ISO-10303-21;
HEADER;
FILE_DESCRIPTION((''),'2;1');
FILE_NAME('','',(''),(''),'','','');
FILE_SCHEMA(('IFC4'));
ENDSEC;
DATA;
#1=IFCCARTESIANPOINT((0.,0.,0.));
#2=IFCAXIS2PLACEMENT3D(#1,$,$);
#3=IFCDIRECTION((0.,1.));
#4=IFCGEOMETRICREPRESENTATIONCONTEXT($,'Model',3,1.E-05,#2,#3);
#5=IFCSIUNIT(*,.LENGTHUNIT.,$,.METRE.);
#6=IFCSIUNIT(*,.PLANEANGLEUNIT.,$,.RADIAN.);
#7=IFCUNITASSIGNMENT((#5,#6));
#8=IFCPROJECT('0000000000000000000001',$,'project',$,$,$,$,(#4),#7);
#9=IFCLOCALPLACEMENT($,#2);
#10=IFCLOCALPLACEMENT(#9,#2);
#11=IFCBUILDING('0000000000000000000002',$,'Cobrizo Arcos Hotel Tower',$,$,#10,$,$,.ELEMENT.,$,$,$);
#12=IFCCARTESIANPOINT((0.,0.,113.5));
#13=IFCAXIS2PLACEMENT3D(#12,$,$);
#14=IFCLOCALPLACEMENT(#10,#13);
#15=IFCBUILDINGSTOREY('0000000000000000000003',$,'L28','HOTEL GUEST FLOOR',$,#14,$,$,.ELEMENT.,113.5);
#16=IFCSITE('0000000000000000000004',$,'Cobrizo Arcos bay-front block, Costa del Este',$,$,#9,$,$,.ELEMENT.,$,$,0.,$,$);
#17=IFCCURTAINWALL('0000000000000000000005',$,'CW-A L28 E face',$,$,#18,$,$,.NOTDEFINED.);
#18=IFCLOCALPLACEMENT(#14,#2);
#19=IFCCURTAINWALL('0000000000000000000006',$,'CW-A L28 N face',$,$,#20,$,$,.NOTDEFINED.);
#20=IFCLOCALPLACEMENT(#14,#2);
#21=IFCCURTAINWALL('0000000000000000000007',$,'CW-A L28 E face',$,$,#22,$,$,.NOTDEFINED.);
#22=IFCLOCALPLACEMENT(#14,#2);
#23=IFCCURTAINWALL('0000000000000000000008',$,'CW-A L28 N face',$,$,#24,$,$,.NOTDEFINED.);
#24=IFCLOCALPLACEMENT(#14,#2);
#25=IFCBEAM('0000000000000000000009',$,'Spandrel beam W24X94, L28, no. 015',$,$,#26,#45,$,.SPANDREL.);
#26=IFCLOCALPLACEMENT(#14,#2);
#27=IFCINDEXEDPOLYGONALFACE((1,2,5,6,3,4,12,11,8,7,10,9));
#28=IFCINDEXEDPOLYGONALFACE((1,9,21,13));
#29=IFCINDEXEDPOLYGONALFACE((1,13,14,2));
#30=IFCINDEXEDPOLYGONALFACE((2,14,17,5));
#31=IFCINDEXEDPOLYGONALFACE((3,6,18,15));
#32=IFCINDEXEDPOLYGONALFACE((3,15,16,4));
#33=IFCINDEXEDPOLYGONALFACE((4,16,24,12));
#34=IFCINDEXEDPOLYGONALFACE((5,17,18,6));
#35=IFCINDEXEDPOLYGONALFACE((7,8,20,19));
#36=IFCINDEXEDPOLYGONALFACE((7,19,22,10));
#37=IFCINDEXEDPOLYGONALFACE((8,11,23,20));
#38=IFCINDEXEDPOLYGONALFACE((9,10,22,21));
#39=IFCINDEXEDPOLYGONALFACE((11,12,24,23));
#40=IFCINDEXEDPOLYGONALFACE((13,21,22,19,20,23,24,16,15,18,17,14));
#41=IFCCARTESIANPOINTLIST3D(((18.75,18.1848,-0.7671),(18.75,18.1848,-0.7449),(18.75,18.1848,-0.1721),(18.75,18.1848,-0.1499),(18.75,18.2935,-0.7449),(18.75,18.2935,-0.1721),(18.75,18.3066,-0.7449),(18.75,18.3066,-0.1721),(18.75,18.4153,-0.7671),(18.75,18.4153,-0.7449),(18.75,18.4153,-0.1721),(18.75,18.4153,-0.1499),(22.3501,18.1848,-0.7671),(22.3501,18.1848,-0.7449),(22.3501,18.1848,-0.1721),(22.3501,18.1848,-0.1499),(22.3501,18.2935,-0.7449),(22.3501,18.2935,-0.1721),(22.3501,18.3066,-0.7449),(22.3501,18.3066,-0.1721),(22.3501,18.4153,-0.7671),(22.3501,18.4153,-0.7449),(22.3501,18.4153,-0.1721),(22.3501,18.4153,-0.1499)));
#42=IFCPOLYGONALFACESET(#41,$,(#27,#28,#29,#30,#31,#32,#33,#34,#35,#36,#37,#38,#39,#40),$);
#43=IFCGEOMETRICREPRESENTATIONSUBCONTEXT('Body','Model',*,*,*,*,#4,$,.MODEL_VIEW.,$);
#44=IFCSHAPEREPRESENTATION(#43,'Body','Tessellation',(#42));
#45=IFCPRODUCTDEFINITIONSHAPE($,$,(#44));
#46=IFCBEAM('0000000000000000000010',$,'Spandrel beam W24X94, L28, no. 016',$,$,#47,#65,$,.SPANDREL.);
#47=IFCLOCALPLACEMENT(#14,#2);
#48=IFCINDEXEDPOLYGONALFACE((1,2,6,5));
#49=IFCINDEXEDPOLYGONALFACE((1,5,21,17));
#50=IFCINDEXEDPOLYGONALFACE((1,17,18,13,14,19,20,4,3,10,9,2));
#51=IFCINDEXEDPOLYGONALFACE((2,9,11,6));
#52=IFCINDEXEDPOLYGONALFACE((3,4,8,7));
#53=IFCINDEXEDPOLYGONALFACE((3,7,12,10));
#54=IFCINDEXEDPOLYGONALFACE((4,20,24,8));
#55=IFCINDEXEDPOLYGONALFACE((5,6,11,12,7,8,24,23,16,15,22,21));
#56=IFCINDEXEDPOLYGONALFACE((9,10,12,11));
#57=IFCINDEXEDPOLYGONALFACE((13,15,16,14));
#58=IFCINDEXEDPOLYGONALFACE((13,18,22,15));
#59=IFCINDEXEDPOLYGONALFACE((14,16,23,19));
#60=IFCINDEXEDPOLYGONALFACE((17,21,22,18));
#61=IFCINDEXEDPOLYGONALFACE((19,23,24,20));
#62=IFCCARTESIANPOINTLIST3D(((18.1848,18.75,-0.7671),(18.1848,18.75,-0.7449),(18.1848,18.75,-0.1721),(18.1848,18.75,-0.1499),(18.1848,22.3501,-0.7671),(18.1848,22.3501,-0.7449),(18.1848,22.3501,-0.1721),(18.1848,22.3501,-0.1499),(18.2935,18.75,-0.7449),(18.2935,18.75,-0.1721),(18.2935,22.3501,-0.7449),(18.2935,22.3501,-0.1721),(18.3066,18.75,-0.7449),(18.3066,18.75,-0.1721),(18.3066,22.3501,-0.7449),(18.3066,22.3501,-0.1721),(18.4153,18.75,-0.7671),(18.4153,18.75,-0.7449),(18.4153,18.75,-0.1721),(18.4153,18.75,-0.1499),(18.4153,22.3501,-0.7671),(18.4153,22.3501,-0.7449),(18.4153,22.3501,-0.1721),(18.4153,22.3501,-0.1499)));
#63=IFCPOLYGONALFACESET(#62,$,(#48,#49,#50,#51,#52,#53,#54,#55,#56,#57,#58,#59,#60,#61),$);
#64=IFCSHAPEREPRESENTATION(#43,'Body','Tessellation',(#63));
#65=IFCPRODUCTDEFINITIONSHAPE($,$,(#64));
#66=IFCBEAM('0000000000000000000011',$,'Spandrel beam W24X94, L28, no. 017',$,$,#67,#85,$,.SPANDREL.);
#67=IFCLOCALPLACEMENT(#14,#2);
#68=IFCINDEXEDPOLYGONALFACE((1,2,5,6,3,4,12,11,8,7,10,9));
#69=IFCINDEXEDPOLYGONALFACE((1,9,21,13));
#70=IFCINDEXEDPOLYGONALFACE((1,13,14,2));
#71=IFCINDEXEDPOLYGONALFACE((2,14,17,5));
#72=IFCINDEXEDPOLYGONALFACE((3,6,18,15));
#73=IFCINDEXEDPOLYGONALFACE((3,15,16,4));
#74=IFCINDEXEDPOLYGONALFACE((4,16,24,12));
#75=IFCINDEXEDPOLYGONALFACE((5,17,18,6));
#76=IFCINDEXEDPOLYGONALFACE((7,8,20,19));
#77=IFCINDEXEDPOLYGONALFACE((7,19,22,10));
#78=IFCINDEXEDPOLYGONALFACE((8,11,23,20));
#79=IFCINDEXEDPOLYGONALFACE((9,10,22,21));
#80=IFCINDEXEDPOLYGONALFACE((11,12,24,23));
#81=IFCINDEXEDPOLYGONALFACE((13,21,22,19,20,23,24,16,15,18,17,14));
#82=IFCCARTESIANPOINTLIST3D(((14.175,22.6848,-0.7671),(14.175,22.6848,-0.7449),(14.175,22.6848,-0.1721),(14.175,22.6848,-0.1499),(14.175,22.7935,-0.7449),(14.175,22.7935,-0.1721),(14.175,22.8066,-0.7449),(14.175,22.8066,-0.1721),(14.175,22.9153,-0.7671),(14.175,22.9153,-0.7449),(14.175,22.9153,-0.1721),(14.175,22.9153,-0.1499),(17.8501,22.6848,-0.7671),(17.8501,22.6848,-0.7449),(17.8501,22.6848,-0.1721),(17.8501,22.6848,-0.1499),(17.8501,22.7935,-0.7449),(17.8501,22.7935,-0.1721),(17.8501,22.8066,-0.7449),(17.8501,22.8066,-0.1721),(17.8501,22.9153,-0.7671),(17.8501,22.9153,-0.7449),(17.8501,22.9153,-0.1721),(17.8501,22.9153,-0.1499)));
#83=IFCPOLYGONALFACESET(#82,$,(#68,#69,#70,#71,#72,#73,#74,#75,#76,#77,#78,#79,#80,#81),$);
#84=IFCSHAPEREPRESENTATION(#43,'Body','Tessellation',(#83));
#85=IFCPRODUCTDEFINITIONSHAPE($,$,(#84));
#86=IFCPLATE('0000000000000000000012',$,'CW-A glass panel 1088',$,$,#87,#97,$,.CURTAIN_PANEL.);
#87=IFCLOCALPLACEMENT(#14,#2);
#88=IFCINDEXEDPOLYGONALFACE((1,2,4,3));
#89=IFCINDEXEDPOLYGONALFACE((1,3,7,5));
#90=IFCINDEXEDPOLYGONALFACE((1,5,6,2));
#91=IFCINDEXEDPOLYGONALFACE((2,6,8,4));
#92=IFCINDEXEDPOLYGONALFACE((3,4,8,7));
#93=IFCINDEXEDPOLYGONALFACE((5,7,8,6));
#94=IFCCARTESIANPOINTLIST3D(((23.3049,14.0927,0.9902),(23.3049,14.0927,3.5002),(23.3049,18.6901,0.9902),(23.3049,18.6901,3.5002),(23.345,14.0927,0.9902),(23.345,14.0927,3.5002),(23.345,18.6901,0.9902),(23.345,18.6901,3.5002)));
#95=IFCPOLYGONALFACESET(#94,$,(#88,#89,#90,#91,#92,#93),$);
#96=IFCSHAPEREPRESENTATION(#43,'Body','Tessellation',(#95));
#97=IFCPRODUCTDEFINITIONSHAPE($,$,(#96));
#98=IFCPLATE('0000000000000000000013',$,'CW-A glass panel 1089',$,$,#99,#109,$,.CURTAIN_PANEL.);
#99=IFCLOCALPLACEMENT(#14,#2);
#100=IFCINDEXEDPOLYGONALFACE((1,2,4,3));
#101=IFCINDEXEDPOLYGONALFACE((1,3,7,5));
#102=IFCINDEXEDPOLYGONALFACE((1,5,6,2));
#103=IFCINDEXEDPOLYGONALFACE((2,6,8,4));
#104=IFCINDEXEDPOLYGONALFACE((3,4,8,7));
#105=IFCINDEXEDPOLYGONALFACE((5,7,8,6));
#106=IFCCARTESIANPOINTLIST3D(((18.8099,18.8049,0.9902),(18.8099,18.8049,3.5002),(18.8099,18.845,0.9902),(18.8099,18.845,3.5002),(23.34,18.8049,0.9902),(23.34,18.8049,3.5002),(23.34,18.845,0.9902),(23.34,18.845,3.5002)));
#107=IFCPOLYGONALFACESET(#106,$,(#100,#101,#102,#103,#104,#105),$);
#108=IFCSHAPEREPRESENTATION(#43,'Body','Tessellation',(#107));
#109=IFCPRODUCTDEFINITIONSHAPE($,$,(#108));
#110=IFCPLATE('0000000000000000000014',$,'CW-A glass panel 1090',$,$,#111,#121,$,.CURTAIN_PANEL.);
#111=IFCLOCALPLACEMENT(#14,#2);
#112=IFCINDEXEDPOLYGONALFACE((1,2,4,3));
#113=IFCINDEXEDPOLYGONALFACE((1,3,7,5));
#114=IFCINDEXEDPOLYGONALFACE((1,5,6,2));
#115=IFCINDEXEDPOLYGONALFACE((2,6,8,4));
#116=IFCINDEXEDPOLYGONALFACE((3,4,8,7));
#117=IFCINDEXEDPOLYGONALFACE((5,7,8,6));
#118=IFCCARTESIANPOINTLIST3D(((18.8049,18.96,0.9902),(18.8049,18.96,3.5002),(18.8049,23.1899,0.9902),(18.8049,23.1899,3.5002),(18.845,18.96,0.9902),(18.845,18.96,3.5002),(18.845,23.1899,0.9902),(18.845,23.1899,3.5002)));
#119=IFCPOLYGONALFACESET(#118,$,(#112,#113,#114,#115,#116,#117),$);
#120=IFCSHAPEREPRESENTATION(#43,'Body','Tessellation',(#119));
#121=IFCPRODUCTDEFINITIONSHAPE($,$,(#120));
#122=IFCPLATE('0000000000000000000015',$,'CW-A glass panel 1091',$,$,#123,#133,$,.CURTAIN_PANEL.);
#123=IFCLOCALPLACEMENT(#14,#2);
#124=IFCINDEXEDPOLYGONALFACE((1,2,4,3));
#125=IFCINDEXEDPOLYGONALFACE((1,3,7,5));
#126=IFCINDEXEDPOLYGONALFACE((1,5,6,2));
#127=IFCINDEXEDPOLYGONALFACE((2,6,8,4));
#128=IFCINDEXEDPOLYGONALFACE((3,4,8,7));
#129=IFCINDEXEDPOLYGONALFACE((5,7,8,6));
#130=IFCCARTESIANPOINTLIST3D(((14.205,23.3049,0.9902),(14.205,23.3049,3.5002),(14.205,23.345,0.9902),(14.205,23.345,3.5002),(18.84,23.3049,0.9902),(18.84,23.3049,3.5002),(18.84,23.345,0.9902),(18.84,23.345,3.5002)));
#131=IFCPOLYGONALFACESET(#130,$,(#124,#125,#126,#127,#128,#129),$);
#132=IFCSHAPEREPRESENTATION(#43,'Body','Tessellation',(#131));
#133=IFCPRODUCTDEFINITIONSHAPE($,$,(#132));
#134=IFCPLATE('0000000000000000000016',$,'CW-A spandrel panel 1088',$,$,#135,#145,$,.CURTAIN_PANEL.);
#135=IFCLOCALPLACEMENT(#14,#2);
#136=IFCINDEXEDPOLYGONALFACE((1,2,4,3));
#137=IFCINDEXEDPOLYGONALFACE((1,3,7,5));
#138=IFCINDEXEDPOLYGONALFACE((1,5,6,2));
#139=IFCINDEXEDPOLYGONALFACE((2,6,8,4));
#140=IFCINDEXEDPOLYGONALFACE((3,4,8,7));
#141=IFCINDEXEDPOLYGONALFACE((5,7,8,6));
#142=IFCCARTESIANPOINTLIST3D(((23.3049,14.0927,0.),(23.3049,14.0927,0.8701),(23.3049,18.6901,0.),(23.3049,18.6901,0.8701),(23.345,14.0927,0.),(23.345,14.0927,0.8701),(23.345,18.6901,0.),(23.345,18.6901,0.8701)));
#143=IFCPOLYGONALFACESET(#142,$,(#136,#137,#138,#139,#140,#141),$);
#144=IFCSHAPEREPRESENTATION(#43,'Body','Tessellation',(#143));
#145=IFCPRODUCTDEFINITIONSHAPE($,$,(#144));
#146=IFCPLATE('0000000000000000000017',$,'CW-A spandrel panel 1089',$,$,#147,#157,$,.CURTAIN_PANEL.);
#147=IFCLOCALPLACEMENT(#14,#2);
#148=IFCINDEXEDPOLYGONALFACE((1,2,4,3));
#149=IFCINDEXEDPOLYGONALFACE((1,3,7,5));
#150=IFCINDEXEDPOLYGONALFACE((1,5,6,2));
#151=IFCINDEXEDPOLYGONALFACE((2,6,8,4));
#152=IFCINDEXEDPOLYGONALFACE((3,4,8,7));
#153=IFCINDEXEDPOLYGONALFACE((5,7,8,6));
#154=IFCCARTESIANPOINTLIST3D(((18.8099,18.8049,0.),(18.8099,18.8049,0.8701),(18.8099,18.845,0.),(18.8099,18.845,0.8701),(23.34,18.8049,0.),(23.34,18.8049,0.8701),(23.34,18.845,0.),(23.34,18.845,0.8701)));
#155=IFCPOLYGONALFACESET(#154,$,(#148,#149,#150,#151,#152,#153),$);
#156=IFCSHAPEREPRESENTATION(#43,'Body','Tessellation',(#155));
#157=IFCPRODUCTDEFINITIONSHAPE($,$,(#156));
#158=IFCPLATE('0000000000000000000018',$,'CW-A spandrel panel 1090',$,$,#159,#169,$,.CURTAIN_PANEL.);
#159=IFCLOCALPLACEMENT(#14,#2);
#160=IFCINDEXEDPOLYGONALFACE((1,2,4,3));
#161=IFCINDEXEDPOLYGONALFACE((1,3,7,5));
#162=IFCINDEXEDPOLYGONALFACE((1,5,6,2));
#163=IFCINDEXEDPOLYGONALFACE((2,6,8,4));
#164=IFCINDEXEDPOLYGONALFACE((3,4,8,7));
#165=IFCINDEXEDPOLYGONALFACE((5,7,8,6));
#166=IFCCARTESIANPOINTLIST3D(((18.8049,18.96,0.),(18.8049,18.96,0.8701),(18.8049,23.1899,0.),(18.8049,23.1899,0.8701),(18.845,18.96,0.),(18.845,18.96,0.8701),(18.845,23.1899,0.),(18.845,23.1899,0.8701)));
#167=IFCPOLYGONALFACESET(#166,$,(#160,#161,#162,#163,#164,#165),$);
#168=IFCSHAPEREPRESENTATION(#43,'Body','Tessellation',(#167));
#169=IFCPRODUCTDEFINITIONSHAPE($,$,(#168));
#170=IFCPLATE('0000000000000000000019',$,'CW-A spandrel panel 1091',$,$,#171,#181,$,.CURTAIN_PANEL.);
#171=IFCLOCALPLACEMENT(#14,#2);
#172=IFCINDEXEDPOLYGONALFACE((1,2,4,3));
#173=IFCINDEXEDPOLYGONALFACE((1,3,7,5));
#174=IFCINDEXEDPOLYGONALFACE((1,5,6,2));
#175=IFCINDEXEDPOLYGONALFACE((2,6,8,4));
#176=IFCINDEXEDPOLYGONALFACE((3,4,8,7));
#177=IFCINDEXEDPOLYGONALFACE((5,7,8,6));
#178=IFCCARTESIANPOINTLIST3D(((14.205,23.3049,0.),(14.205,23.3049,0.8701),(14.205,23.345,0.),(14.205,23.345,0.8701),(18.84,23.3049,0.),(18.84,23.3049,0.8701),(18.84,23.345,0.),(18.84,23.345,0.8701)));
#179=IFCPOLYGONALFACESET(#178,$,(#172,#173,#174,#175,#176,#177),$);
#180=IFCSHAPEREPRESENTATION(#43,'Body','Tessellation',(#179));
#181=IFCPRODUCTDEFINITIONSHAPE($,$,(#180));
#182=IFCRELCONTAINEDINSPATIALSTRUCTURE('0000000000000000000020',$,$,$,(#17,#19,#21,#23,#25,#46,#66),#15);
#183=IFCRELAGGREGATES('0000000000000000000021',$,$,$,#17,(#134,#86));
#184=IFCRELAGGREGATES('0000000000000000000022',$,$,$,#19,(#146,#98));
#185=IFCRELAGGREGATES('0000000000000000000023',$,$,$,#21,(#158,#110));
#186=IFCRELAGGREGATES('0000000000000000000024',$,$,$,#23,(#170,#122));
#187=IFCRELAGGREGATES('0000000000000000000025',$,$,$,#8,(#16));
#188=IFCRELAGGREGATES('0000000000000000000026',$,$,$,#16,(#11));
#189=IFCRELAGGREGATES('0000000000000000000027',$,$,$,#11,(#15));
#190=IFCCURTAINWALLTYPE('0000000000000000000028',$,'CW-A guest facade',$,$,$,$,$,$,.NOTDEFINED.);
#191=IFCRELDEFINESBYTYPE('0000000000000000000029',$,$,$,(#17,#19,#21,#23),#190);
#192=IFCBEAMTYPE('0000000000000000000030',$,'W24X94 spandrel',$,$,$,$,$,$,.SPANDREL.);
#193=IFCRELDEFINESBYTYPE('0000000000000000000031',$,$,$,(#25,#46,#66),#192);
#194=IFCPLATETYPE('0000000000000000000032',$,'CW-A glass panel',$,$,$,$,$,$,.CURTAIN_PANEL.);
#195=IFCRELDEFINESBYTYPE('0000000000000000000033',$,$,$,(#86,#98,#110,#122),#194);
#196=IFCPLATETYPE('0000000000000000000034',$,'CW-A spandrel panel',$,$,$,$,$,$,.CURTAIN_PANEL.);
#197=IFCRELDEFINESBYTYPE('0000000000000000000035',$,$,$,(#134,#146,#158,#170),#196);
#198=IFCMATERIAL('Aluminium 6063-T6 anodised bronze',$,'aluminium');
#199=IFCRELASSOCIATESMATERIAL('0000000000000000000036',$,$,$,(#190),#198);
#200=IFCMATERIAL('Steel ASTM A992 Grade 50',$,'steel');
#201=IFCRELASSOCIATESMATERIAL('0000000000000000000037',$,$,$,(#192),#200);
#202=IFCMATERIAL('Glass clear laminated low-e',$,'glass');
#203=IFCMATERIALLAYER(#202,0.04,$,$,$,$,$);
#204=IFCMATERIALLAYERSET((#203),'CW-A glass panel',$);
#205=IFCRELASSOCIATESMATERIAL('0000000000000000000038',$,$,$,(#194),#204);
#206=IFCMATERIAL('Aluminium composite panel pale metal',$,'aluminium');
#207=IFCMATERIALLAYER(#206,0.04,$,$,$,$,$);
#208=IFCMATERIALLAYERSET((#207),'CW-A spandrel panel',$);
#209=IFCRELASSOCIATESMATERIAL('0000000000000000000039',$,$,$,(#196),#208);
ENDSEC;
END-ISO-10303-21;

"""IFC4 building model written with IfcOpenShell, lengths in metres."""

from ifc_helpers import new_model, si_unit, direction, frame, origin, origin_2d, place, context, subcontext, project, spatial, rectangle, i_section, extrude, material, layer, layer_set, material_profile, profile_set, type_object, element, aggregate, save


model = new_model("IFC4")

# Units and contexts
model_context = context("Model", 3, precision=1e-05, world=origin(), true_north=direction((0.0, 1.0)))
body_context = subcontext(model_context, "Body", "Model", "MODEL_VIEW")
ifc_project = project(units=[si_unit("LENGTHUNIT", "METRE"), si_unit("PLANEANGLEUNIT", "RADIAN")], contexts=[model_context])

# Site, building, storey
site_placement = place(None, origin())
site = spatial("IfcSite", under=ifc_project, at=site_placement, Name="Cobrizo Arcos bay-front block, Costa del Este", CompositionType="ELEMENT", RefElevation=0.0)
building_placement = place(site_placement, origin())
building = spatial("IfcBuilding", under=site, at=building_placement, Name="Cobrizo Arcos Hotel Tower", CompositionType="ELEMENT")
storey_placement = place(building_placement, frame((0.0, 0.0, 113.5)))
storey = spatial("IfcBuildingStorey", under=building, at=storey_placement, Name="L28", Description="HOTEL GUEST FLOOR", CompositionType="ELEMENT", Elevation=113.5)

# Curtain wall
ifc_material_1 = material(Name="Aluminium 6063-T6 anodised bronze", Category="aluminium")
curtain_wall_type = type_object("IfcCurtainWallType", Name="CW-A guest facade", PredefinedType="NOTDEFINED", material=ifc_material_1)
curtain_wall_1_placement = place(storey_placement, origin())
curtain_wall_1 = element("IfcCurtainWall", 1, at=curtain_wall_1_placement, inside=storey, type_object=curtain_wall_type, Name="CW-A L28 E face", PredefinedType="NOTDEFINED")

# Curtain walls
curtain_wall_2_placement = place(storey_placement, origin())
curtain_wall_2 = element("IfcCurtainWall", 2, at=curtain_wall_2_placement, inside=storey, type_object=curtain_wall_type, Name="CW-A L28 N face", PredefinedType="NOTDEFINED")
curtain_wall_3_placement = place(storey_placement, origin())
curtain_wall_3 = element("IfcCurtainWall", 3, at=curtain_wall_3_placement, inside=storey, type_object=curtain_wall_type, Name="CW-A L28 E face", PredefinedType="NOTDEFINED")

# Curtain wall
curtain_wall_4_placement = place(storey_placement, origin())
curtain_wall_4 = element("IfcCurtainWall", 4, at=curtain_wall_4_placement, inside=storey, type_object=curtain_wall_type, Name="CW-A L28 N face", PredefinedType="NOTDEFINED")

# Beams
ifc_material_2 = material(Name="Steel ASTM A992 Grade 50", Category="steel")
ifc_material_profile_1 = material_profile(ifc_material_2, i_section(OverallWidth=0.2305, OverallDepth=0.6172, WebThickness=0.0132, FlangeThickness=0.0222, at=origin_2d()), Name="W24X94")
ifc_profile_set_1 = profile_set([ifc_material_profile_1], Name="Steel ASTM A992 Grade 50")
beam_type = type_object("IfcBeamType", Name="W24X94 spandrel", PredefinedType="SPANDREL", material=ifc_profile_set_1)
for number, where, z_axis, x_axis, name in (
    (5, (22.3501, 18.3, -0.4585), (-1.0, 0.0, 0.0), (0.0, -1.0, 0.0), "Spandrel beam W24X94, L28, no. 015"),
    (6, (18.3, 18.75, -0.4585), (0.0, 1.0, 0.0), (-1.0, 0.0, 0.0), "Spandrel beam W24X94, L28, no. 016"),
):
    element("IfcBeam", number, at=place(storey_placement, frame(where, z_axis=z_axis, x_axis=x_axis)), inside=storey, type_object=beam_type, Name=name, PredefinedType="SPANDREL", context=body_context, shape_type="SweptSolid", body=[
        extrude(i_section(OverallWidth=0.2305, OverallDepth=0.6172, WebThickness=0.0132, FlangeThickness=0.0222, at=origin_2d()), origin(), (0.0, 0.0, 1.0), 3.6001),
    ])
beam_1_placement = place(storey_placement, frame((17.8501, 22.8, -0.4585), z_axis=(-1.0, 0.0, 0.0), x_axis=(0.0, -1.0, 0.0)))
element("IfcBeam", 7, at=beam_1_placement, inside=storey, type_object=beam_type, Name="Spandrel beam W24X94, L28, no. 017", PredefinedType="SPANDREL", context=body_context, shape_type="SweptSolid", body=[
    extrude(i_section(OverallWidth=0.2305, OverallDepth=0.6172, WebThickness=0.0132, FlangeThickness=0.0222, at=origin_2d()), origin(), (0.0, 0.0, 1.0), 3.675),
])

# Plates
ifc_material_3 = material(Name="Glass clear laminated low-e", Category="glass")
ifc_layer_1 = layer(ifc_material_3, 0.04)
ifc_layer_set_1 = layer_set([ifc_layer_1], Name="CW-A glass panel")
plate_type_1 = type_object("IfcPlateType", Name="CW-A glass panel", PredefinedType="CURTAIN_PANEL", material=ifc_layer_set_1)
plate_1_placement = place(storey_placement, frame((23.325, 16.3914, 0.9902), z_axis=(0.0, 0.0, 1.0), x_axis=(0.0, 1.0, 0.0)))
plate_1 = element("IfcPlate", 8, at=plate_1_placement, type_object=plate_type_1, Name="CW-A glass panel 1088", PredefinedType="CURTAIN_PANEL", context=body_context, shape_type="SweptSolid", body=[
    extrude(rectangle(XDim=4.5974, YDim=0.04, at=origin_2d()), origin(), (0.0, 0.0, 1.0), 2.51),
])
plate_2_placement = place(storey_placement, frame((21.075, 18.825, 0.9902), z_axis=(0.0, 0.0, 1.0), x_axis=(-1.0, 0.0, 0.0)))
plate_2 = element("IfcPlate", 9, at=plate_2_placement, type_object=plate_type_1, Name="CW-A glass panel 1089", PredefinedType="CURTAIN_PANEL", context=body_context, shape_type="SweptSolid", body=[
    extrude(rectangle(XDim=4.53, YDim=0.04, at=origin_2d()), origin(), (0.0, 0.0, 1.0), 2.51),
])
plate_3_placement = place(storey_placement, frame((18.825, 21.075, 0.9902), z_axis=(0.0, 0.0, 1.0), x_axis=(0.0, 1.0, 0.0)))
plate_3 = element("IfcPlate", 10, at=plate_3_placement, type_object=plate_type_1, Name="CW-A glass panel 1090", PredefinedType="CURTAIN_PANEL", context=body_context, shape_type="SweptSolid", body=[
    extrude(rectangle(XDim=4.23, YDim=0.04, at=origin_2d()), origin(), (0.0, 0.0, 1.0), 2.51),
])
plate_4_placement = place(storey_placement, frame((16.5225, 23.325, 0.9902), z_axis=(0.0, 0.0, 1.0), x_axis=(-1.0, 0.0, 0.0)))
plate_4 = element("IfcPlate", 11, at=plate_4_placement, type_object=plate_type_1, Name="CW-A glass panel 1091", PredefinedType="CURTAIN_PANEL", context=body_context, shape_type="SweptSolid", body=[
    extrude(rectangle(XDim=4.635, YDim=0.04, at=origin_2d()), origin(), (0.0, 0.0, 1.0), 2.51),
])
ifc_material_4 = material(Name="Aluminium composite panel pale metal", Category="aluminium")
ifc_layer_2 = layer(ifc_material_4, 0.04)
ifc_layer_set_2 = layer_set([ifc_layer_2], Name="CW-A spandrel panel")
plate_type_2 = type_object("IfcPlateType", Name="CW-A spandrel panel", PredefinedType="CURTAIN_PANEL", material=ifc_layer_set_2)
plate_5_placement = place(storey_placement, frame((23.325, 16.3914, 0.0), z_axis=(0.0, 0.0, 1.0), x_axis=(0.0, 1.0, 0.0)))
plate_5 = element("IfcPlate", 12, at=plate_5_placement, type_object=plate_type_2, Name="CW-A spandrel panel 1088", PredefinedType="CURTAIN_PANEL", context=body_context, shape_type="SweptSolid", body=[
    extrude(rectangle(XDim=4.5974, YDim=0.04, at=origin_2d()), origin(), (0.0, 0.0, 1.0), 0.8701),
])
aggregate(curtain_wall_1, [plate_5, plate_1])
plate_6_placement = place(storey_placement, frame((21.075, 18.825, 0.0), z_axis=(0.0, 0.0, 1.0), x_axis=(-1.0, 0.0, 0.0)))
plate_6 = element("IfcPlate", 13, at=plate_6_placement, type_object=plate_type_2, Name="CW-A spandrel panel 1089", PredefinedType="CURTAIN_PANEL", context=body_context, shape_type="SweptSolid", body=[
    extrude(rectangle(XDim=4.53, YDim=0.04, at=origin_2d()), origin(), (0.0, 0.0, 1.0), 0.8701),
])
aggregate(curtain_wall_2, [plate_6, plate_2])
plate_7_placement = place(storey_placement, frame((18.825, 21.075, 0.0), z_axis=(0.0, 0.0, 1.0), x_axis=(0.0, 1.0, 0.0)))
plate_7 = element("IfcPlate", 14, at=plate_7_placement, type_object=plate_type_2, Name="CW-A spandrel panel 1090", PredefinedType="CURTAIN_PANEL", context=body_context, shape_type="SweptSolid", body=[
    extrude(rectangle(XDim=4.23, YDim=0.04, at=origin_2d()), origin(), (0.0, 0.0, 1.0), 0.8701),
])
aggregate(curtain_wall_3, [plate_7, plate_3])
plate_8_placement = place(storey_placement, frame((16.5225, 23.325, 0.0), z_axis=(0.0, 0.0, 1.0), x_axis=(-1.0, 0.0, 0.0)))
plate_8 = element("IfcPlate", 15, at=plate_8_placement, type_object=plate_type_2, Name="CW-A spandrel panel 1091", PredefinedType="CURTAIN_PANEL", context=body_context, shape_type="SweptSolid", body=[
    extrude(rectangle(XDim=4.635, YDim=0.04, at=origin_2d()), origin(), (0.0, 0.0, 1.0), 0.8701),
])
aggregate(curtain_wall_4, [plate_8, plate_4])

save(model, "model.ifc")
